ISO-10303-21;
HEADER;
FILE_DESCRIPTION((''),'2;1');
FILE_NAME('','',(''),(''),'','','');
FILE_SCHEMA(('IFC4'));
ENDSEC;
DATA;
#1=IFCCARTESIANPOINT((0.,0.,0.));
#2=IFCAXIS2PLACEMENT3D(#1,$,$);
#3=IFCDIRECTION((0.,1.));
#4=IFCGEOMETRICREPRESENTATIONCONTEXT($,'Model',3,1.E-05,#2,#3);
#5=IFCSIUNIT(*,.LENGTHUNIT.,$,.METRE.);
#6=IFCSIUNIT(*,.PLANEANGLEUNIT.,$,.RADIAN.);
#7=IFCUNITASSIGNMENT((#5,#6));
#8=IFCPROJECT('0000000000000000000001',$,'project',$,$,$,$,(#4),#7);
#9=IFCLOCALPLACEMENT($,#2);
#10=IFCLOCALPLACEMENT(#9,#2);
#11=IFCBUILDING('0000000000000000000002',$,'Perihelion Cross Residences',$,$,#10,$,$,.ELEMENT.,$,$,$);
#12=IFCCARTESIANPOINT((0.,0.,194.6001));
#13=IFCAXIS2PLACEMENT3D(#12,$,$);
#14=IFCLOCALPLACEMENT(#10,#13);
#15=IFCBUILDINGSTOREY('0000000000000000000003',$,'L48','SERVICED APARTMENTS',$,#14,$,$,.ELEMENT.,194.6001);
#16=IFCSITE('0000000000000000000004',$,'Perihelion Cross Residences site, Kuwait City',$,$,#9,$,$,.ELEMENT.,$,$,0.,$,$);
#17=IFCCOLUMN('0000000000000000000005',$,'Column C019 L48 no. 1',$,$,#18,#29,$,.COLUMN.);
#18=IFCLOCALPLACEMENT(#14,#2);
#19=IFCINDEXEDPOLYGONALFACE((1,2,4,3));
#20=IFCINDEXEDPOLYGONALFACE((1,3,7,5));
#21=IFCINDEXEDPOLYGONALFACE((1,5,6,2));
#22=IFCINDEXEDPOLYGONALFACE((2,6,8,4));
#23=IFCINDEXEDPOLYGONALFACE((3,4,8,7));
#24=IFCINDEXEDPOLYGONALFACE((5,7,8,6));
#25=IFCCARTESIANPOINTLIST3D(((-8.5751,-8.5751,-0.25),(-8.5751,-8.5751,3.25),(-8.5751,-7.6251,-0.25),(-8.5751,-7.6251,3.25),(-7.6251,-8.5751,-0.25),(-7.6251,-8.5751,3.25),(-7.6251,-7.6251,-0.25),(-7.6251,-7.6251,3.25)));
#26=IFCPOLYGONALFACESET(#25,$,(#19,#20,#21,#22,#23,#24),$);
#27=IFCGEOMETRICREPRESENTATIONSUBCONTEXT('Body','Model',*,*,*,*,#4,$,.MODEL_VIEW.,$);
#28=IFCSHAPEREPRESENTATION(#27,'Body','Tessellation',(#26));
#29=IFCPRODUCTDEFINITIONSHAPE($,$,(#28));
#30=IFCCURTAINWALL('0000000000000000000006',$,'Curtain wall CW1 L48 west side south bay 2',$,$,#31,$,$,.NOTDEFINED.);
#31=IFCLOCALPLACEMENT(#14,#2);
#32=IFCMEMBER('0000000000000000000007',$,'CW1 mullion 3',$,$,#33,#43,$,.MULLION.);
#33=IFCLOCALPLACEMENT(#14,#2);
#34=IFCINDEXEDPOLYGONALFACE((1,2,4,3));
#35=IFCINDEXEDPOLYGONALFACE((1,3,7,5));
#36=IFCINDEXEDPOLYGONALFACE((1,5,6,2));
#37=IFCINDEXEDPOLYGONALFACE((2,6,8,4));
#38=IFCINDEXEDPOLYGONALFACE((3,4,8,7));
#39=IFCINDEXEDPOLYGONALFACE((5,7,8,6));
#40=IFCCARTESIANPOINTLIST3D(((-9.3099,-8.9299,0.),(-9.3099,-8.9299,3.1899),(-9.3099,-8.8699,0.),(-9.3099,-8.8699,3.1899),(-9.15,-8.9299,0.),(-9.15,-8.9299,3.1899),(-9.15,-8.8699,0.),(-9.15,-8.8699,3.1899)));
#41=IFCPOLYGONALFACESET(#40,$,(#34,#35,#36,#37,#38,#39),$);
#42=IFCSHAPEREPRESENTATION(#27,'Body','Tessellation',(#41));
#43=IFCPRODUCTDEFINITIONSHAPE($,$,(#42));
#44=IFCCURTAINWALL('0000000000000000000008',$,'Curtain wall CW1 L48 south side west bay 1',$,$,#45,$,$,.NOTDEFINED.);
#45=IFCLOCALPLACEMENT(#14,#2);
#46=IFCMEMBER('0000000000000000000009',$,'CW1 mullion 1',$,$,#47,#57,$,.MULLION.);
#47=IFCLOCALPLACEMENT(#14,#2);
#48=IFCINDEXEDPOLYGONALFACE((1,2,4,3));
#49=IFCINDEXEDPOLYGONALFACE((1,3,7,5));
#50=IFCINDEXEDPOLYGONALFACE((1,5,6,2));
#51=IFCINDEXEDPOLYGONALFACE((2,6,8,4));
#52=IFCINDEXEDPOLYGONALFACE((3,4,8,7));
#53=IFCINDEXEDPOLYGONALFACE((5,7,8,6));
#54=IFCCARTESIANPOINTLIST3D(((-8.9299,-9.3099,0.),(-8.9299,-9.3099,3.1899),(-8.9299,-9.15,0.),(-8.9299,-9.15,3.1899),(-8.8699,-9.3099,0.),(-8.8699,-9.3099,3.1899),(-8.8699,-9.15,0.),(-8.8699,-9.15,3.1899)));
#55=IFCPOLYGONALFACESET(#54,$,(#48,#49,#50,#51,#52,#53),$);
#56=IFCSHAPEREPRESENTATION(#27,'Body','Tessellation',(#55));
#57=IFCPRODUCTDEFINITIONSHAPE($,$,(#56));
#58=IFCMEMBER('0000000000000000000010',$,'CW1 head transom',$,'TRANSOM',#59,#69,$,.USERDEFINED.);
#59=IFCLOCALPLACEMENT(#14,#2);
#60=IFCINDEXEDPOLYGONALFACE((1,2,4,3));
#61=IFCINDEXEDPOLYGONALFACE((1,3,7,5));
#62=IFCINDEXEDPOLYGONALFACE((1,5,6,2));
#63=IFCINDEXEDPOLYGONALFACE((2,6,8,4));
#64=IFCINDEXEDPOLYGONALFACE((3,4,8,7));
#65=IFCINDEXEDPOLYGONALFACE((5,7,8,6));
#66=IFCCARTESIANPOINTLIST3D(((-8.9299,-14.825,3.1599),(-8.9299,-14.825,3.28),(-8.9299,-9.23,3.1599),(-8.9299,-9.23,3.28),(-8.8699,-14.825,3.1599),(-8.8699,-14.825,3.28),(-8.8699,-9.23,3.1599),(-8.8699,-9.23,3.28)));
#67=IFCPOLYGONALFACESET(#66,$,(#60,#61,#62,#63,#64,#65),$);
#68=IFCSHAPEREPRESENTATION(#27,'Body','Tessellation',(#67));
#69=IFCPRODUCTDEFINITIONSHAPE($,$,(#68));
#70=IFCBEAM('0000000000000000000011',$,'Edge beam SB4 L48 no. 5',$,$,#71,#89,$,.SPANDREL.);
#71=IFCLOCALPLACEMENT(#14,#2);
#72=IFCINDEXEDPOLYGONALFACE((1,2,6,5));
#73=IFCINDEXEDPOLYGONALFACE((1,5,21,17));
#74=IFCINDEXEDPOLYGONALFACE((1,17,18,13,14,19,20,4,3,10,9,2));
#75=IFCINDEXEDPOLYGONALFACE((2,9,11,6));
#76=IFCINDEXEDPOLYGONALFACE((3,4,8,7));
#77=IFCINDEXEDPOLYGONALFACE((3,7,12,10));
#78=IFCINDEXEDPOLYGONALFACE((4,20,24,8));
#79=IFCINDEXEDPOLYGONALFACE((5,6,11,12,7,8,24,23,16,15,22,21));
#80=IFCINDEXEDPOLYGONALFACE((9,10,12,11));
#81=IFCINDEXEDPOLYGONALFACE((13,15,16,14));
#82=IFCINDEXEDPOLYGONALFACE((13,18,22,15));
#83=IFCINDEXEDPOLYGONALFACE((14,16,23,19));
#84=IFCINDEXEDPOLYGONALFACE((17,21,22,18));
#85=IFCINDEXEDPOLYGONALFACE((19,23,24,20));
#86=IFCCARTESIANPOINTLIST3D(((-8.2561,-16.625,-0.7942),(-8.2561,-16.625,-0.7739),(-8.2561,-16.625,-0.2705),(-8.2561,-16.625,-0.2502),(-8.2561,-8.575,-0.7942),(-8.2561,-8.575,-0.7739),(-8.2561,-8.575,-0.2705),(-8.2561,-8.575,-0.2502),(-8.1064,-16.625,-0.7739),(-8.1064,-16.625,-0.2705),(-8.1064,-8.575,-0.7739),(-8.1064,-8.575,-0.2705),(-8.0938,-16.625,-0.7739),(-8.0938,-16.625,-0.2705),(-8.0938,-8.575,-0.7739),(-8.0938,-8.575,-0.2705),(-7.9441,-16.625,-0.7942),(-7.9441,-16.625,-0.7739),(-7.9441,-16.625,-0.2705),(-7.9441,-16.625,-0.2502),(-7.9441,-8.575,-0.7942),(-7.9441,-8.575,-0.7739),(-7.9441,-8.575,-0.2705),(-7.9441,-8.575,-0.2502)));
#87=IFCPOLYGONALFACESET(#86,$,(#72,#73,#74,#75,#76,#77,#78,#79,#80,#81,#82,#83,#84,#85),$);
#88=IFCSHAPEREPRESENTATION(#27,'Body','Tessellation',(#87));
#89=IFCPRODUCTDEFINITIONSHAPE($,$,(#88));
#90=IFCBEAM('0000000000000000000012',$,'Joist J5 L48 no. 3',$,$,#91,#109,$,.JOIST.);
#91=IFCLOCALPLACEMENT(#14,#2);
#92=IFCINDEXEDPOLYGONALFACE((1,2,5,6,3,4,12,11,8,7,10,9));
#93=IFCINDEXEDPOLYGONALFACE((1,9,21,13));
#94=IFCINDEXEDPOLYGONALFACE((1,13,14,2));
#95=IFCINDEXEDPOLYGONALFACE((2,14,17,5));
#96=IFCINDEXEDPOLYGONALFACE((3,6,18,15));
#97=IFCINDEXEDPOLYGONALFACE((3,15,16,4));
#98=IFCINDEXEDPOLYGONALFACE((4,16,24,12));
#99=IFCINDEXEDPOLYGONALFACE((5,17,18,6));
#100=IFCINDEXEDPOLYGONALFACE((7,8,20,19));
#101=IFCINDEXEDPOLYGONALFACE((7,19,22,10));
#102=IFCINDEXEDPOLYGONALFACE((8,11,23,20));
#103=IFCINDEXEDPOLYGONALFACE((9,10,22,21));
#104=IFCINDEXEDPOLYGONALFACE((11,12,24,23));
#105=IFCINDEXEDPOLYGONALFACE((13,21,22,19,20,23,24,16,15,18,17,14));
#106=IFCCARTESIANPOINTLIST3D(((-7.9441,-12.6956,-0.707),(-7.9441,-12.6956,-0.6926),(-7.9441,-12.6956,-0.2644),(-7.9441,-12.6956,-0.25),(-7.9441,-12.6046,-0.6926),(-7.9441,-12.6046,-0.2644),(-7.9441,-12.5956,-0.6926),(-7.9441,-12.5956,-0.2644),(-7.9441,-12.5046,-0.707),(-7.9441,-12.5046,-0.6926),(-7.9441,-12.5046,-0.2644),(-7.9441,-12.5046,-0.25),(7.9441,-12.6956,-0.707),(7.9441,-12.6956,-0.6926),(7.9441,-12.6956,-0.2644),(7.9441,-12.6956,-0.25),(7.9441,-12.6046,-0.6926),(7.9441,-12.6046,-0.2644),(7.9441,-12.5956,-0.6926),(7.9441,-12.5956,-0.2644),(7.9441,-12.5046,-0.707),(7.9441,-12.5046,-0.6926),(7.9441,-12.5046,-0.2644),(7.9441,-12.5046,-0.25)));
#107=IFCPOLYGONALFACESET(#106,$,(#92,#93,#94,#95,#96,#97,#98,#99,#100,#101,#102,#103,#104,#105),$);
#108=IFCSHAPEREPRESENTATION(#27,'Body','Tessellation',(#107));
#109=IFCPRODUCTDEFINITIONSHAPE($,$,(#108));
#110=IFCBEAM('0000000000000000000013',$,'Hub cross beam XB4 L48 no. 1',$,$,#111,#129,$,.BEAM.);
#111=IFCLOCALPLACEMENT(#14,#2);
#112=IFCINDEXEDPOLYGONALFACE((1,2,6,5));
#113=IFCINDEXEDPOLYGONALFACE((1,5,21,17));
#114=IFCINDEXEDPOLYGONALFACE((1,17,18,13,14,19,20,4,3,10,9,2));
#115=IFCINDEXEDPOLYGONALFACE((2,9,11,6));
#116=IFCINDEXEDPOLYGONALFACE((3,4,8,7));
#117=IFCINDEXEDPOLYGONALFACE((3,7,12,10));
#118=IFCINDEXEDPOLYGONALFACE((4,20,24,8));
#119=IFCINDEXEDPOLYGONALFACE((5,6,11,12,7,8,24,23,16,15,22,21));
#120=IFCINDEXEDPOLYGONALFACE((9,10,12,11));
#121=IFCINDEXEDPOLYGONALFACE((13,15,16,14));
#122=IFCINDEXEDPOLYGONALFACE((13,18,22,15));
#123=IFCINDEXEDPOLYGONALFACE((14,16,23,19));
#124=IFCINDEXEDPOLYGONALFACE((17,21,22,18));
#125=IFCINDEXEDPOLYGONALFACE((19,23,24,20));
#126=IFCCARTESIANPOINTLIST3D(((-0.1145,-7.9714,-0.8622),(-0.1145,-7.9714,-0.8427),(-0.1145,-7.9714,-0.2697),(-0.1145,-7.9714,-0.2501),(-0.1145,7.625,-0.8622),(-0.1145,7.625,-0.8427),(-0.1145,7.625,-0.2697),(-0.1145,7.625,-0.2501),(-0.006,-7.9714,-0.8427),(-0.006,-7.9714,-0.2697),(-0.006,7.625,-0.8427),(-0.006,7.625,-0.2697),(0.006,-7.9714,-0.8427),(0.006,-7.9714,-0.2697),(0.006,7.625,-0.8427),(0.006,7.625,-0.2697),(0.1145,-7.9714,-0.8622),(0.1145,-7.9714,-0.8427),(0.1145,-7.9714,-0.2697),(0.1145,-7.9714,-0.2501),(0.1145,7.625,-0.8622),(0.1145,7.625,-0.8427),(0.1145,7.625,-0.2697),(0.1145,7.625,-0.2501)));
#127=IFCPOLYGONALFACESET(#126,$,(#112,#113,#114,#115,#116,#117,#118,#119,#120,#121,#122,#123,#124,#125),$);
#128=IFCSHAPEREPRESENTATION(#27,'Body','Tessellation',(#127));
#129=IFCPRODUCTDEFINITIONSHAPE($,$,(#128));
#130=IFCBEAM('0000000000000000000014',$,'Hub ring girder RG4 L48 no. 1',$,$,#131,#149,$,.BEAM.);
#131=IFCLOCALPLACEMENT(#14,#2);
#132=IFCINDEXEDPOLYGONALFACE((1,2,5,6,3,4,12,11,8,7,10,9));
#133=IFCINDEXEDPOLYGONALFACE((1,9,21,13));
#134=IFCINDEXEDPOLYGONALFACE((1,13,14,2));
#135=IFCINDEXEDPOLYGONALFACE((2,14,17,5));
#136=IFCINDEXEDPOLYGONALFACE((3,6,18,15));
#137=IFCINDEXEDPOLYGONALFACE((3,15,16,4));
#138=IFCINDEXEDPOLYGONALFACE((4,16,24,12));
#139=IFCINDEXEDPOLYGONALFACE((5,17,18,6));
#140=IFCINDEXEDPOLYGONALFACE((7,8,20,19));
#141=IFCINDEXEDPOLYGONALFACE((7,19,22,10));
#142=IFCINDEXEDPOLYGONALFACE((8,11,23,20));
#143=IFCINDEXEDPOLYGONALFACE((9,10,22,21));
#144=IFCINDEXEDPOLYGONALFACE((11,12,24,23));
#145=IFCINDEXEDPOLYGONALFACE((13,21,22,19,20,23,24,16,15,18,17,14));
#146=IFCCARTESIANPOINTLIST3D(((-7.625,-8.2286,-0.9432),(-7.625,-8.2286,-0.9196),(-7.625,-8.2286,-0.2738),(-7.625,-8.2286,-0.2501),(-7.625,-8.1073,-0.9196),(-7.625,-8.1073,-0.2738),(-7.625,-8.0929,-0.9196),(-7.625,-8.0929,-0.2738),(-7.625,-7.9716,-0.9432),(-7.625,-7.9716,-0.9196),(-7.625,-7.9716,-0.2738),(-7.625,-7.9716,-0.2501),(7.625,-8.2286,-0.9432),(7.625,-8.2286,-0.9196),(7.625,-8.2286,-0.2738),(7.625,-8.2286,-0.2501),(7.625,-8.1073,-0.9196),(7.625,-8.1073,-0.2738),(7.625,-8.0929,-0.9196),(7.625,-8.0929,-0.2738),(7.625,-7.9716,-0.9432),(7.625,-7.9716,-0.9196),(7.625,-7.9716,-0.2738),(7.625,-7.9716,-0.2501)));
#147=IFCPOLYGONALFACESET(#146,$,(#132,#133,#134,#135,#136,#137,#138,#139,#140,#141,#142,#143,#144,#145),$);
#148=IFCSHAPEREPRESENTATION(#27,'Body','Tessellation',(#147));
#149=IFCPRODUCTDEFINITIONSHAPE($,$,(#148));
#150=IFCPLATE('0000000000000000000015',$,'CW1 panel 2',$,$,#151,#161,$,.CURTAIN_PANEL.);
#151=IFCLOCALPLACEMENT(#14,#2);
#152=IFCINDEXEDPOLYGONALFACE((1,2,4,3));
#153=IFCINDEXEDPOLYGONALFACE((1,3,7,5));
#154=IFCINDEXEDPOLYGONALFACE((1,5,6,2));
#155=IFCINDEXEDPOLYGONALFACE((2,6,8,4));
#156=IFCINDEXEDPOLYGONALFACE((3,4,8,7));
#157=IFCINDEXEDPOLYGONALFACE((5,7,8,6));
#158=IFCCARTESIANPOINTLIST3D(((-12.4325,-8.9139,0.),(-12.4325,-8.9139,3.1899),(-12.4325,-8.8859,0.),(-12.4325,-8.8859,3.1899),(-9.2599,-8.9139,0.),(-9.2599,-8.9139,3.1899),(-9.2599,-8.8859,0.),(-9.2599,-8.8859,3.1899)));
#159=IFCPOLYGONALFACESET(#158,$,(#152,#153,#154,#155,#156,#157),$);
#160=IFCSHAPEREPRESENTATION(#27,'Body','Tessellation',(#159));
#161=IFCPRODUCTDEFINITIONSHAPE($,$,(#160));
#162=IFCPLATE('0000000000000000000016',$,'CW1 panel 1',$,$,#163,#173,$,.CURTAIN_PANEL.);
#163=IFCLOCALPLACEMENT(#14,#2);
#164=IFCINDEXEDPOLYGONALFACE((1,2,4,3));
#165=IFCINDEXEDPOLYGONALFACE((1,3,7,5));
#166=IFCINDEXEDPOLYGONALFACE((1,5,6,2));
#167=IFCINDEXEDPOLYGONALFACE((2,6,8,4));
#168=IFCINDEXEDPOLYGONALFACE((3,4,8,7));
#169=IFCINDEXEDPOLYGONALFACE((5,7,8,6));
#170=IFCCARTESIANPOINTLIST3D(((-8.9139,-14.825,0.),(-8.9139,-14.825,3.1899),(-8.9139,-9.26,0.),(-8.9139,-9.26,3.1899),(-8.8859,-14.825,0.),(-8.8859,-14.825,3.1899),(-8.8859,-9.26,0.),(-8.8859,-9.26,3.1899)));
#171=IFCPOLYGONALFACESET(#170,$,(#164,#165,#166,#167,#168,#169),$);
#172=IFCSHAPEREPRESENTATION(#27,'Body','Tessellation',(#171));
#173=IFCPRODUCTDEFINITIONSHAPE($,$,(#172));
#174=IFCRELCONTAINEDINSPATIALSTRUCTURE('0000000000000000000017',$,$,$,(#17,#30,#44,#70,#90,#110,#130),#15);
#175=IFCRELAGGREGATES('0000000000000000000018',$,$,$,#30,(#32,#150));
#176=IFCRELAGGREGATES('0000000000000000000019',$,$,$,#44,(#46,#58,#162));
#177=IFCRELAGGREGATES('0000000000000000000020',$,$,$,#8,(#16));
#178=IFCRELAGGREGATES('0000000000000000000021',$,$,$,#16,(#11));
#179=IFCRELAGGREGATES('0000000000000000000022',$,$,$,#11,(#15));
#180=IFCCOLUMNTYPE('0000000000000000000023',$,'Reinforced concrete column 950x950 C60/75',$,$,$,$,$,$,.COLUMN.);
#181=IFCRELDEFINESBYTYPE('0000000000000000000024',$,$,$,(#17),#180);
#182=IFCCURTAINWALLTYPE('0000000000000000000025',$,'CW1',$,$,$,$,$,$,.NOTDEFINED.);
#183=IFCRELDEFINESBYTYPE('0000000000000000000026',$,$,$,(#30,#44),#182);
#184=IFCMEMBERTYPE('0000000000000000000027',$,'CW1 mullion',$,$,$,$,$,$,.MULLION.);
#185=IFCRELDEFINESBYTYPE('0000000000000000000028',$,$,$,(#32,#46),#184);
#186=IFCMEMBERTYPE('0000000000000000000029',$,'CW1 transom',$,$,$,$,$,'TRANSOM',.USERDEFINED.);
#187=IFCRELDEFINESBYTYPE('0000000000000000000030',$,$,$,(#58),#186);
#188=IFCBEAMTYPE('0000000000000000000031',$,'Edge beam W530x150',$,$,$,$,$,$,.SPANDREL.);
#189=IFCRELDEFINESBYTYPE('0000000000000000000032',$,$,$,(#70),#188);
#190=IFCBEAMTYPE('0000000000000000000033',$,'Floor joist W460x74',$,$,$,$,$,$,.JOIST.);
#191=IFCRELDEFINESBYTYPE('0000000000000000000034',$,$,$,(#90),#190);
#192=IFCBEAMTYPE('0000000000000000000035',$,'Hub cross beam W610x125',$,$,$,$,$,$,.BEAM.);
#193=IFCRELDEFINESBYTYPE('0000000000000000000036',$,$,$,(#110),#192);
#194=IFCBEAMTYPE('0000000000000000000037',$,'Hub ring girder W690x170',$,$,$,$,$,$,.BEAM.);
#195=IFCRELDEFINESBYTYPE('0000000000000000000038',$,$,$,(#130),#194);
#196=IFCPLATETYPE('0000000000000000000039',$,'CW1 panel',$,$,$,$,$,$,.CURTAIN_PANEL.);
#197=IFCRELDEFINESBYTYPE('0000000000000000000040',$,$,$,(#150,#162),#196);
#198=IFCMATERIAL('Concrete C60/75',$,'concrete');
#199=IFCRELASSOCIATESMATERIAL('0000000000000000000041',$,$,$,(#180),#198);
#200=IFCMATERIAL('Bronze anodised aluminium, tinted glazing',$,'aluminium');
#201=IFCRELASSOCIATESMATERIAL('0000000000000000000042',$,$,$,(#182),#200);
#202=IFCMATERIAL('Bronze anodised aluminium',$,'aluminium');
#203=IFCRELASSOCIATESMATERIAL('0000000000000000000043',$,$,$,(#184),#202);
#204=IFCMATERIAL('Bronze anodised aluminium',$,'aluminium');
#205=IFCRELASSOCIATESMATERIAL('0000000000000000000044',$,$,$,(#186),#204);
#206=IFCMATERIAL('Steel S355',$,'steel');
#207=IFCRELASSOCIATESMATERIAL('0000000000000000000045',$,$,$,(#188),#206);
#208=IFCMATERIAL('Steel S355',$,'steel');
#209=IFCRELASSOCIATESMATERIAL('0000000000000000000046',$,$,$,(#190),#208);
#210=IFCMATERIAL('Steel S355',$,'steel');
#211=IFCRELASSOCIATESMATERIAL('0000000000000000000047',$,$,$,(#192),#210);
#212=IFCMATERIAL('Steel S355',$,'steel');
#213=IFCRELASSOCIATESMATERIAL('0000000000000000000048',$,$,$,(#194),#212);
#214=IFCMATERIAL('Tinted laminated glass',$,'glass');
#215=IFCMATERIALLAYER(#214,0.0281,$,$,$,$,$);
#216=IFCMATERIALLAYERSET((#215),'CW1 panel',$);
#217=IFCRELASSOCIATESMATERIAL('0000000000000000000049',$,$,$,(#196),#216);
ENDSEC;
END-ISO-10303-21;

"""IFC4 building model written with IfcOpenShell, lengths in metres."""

from ifc_helpers import new_model, si_unit, direction, frame, origin, origin_2d, place, context, subcontext, project, spatial, rectangle, i_section, extrude, material, layer, layer_set, material_profile, profile_set, type_object, element, aggregate, save


model = new_model("IFC4")

# Units and contexts
model_context = context("Model", 3, precision=1e-05, world=origin(), true_north=direction((0.0, 1.0)))
body_context = subcontext(model_context, "Body", "Model", "MODEL_VIEW")
ifc_project = project(units=[si_unit("LENGTHUNIT", "METRE"), si_unit("PLANEANGLEUNIT", "RADIAN")], contexts=[model_context])

# Site, building, storey
site_placement = place(None, origin())
site = spatial("IfcSite", under=ifc_project, at=site_placement, Name="Perihelion Cross Residences site, Kuwait City", CompositionType="ELEMENT", RefElevation=0.0)
building_placement = place(site_placement, origin())
building = spatial("IfcBuilding", under=site, at=building_placement, Name="Perihelion Cross Residences", CompositionType="ELEMENT")
storey_placement = place(building_placement, frame((0.0, 0.0, 194.6001)))
storey = spatial("IfcBuildingStorey", under=building, at=storey_placement, Name="L48", Description="SERVICED APARTMENTS", CompositionType="ELEMENT", Elevation=194.6001)

# Column
ifc_material_1 = material(Name="Concrete C60/75", Category="concrete")
ifc_material_profile_1 = material_profile(ifc_material_1, rectangle(XDim=0.95, YDim=0.95, at=origin_2d()), Name="RC 950x950")
ifc_profile_set_1 = profile_set([ifc_material_profile_1], Name="Concrete C60/75")
column_type = type_object("IfcColumnType", Name="Reinforced concrete column 950x950 C60/75", PredefinedType="COLUMN", material=ifc_profile_set_1)
column_placement = place(storey_placement, frame((-8.1001, -8.1001, -0.25), z_axis=(0.0, 0.0, 1.0), x_axis=(1.0, 0.0, 0.0)))
element("IfcColumn", 1, at=column_placement, inside=storey, type_object=column_type, Name="Column C019 L48 no. 1", PredefinedType="COLUMN", context=body_context, shape_type="SweptSolid", body=[
    extrude(rectangle(XDim=0.95, YDim=0.95, at=origin_2d()), origin(), (0.0, 0.0, 1.0), 3.5),
])

# Curtain wall, member
ifc_material_2 = material(Name="Bronze anodised aluminium, tinted glazing", Category="aluminium")
curtain_wall_type = type_object("IfcCurtainWallType", Name="CW1", PredefinedType="NOTDEFINED", material=ifc_material_2)
curtain_wall_1_placement = place(storey_placement, origin())
curtain_wall_1 = element("IfcCurtainWall", 2, at=curtain_wall_1_placement, inside=storey, type_object=curtain_wall_type, Name="Curtain wall CW1 L48 west side south bay 2", PredefinedType="NOTDEFINED")
ifc_material_3 = material(Name="Bronze anodised aluminium", Category="aluminium")
ifc_material_profile_2 = material_profile(ifc_material_3, rectangle(XDim=0.0601, YDim=0.1599, at=origin_2d()), Name="CW1 mullion")
ifc_profile_set_2 = profile_set([ifc_material_profile_2], Name="Bronze anodised aluminium")
member_type_1 = type_object("IfcMemberType", Name="CW1 mullion", PredefinedType="MULLION", material=ifc_profile_set_2)
member_1_placement = place(storey_placement, frame((-9.23, -8.8999, 0.0), z_axis=(0.0, 0.0, 1.0), x_axis=(0.0, 1.0, 0.0)))
member_1 = element("IfcMember", 3, at=member_1_placement, type_object=member_type_1, Name="CW1 mullion 3", PredefinedType="MULLION", context=body_context, shape_type="SweptSolid", body=[
    extrude(rectangle(XDim=0.0601, YDim=0.1599, at=origin_2d()), origin(), (0.0, 0.0, 1.0), 3.1899),
])

# Curtain wall, members
curtain_wall_2_placement = place(storey_placement, origin())
curtain_wall_2 = element("IfcCurtainWall", 4, at=curtain_wall_2_placement, inside=storey, type_object=curtain_wall_type, Name="Curtain wall CW1 L48 south side west bay 1", PredefinedType="NOTDEFINED")
member_2_placement = place(storey_placement, frame((-8.8999, -9.23, 0.0), z_axis=(0.0, 0.0, 1.0), x_axis=(1.0, 0.0, 0.0)))
member_2 = element("IfcMember", 5, at=member_2_placement, type_object=member_type_1, Name="CW1 mullion 1", PredefinedType="MULLION", context=body_context, shape_type="SweptSolid", body=[
    extrude(rectangle(XDim=0.0601, YDim=0.1599, at=origin_2d()), origin(), (0.0, 0.0, 1.0), 3.1899),
])
ifc_material_4 = material(Name="Bronze anodised aluminium", Category="aluminium")
ifc_material_profile_3 = material_profile(ifc_material_4, rectangle(XDim=0.0601, YDim=0.1201, at=origin_2d()), Name="CW1 transom")
ifc_profile_set_3 = profile_set([ifc_material_profile_3], Name="Bronze anodised aluminium")
member_type_2 = type_object("IfcMemberType", Name="CW1 transom", ElementType="TRANSOM", PredefinedType="USERDEFINED", material=ifc_profile_set_3)
member_3_placement = place(storey_placement, frame((-8.8999, -9.23, 3.22), z_axis=(0.0, -1.0, 0.0), x_axis=(1.0, 0.0, 0.0)))
member_3 = element("IfcMember", 6, at=member_3_placement, type_object=member_type_2, Name="CW1 head transom", ObjectType="TRANSOM", PredefinedType="USERDEFINED", context=body_context, shape_type="SweptSolid", body=[
    extrude(rectangle(XDim=0.0601, YDim=0.1201, at=origin_2d()), origin(), (0.0, 0.0, 1.0), 5.595),
])

# Beams
ifc_material_5 = material(Name="Steel S355", Category="steel")
ifc_material_profile_4 = material_profile(ifc_material_5, i_section(OverallWidth=0.312, OverallDepth=0.5439, WebThickness=0.0127, FlangeThickness=0.0203, at=origin_2d()), Name="W530x150")
ifc_profile_set_4 = profile_set([ifc_material_profile_4], Name="Steel S355")
beam_type_1 = type_object("IfcBeamType", Name="Edge beam W530x150", PredefinedType="SPANDREL", material=ifc_profile_set_4)
beam_1_placement = place(storey_placement, frame((-8.1001, -8.575, -0.5222), z_axis=(0.0, -1.0, 0.0), x_axis=(1.0, 0.0, 0.0)))
element("IfcBeam", 7, at=beam_1_placement, inside=storey, type_object=beam_type_1, Name="Edge beam SB4 L48 no. 5", PredefinedType="SPANDREL", context=body_context, shape_type="SweptSolid", body=[
    extrude(i_section(OverallWidth=0.312, OverallDepth=0.5439, WebThickness=0.0127, FlangeThickness=0.0203, at=origin_2d()), origin(), (0.0, 0.0, 1.0), 8.05),
])
ifc_material_6 = material(Name="Steel S355", Category="steel")
ifc_material_profile_5 = material_profile(ifc_material_6, i_section(OverallWidth=0.1909, OverallDepth=0.457, WebThickness=0.009, FlangeThickness=0.0144, at=origin_2d()), Name="W460x74")
ifc_profile_set_5 = profile_set([ifc_material_profile_5], Name="Steel S355")
beam_type_2 = type_object("IfcBeamType", Name="Floor joist W460x74", PredefinedType="JOIST", material=ifc_profile_set_5)
beam_2_placement = place(storey_placement, frame((-7.9441, -12.6001, -0.4785), z_axis=(1.0, 0.0, 0.0), x_axis=(0.0, 1.0, 0.0)))
element("IfcBeam", 8, at=beam_2_placement, inside=storey, type_object=beam_type_2, Name="Joist J5 L48 no. 3", PredefinedType="JOIST", context=body_context, shape_type="SweptSolid", body=[
    extrude(i_section(OverallWidth=0.1909, OverallDepth=0.457, WebThickness=0.009, FlangeThickness=0.0144, at=origin_2d()), origin(), (0.0, 0.0, 1.0), 15.8882),
])
ifc_material_7 = material(Name="Steel S355", Category="steel")
ifc_material_profile_6 = material_profile(ifc_material_7, i_section(OverallWidth=0.229, OverallDepth=0.6121, WebThickness=0.012, FlangeThickness=0.0195, at=origin_2d()), Name="W610x125")
ifc_profile_set_6 = profile_set([ifc_material_profile_6], Name="Steel S355")
beam_type_3 = type_object("IfcBeamType", Name="Hub cross beam W610x125", PredefinedType="BEAM", material=ifc_profile_set_6)
beam_3_placement = place(storey_placement, frame((0.0, -7.9714, -0.5562), z_axis=(0.0, 1.0, 0.0), x_axis=(-1.0, 0.0, 0.0)))
element("IfcBeam", 9, at=beam_3_placement, inside=storey, type_object=beam_type_3, Name="Hub cross beam XB4 L48 no. 1", PredefinedType="BEAM", context=body_context, shape_type="SweptSolid", body=[
    extrude(i_section(OverallWidth=0.229, OverallDepth=0.6121, WebThickness=0.012, FlangeThickness=0.0195, at=origin_2d()), origin(), (0.0, 0.0, 1.0), 15.5964),
])
ifc_material_8 = material(Name="Steel S355", Category="steel")
ifc_material_profile_7 = material_profile(ifc_material_8, i_section(OverallWidth=0.2571, OverallDepth=0.6931, WebThickness=0.0144, FlangeThickness=0.0237, at=origin_2d()), Name="W690x170")
ifc_profile_set_7 = profile_set([ifc_material_profile_7], Name="Steel S355")
beam_type_4 = type_object("IfcBeamType", Name="Hub ring girder W690x170", PredefinedType="BEAM", material=ifc_profile_set_7)
beam_4_placement = place(storey_placement, frame((-7.625, -8.1001, -0.5967), z_axis=(1.0, 0.0, 0.0), x_axis=(0.0, 1.0, 0.0)))
element("IfcBeam", 10, at=beam_4_placement, inside=storey, type_object=beam_type_4, Name="Hub ring girder RG4 L48 no. 1", PredefinedType="BEAM", context=body_context, shape_type="SweptSolid", body=[
    extrude(i_section(OverallWidth=0.2571, OverallDepth=0.6931, WebThickness=0.0144, FlangeThickness=0.0237, at=origin_2d()), origin(), (0.0, 0.0, 1.0), 15.25),
])

# Plates
ifc_material_9 = material(Name="Tinted laminated glass", Category="glass")
ifc_layer_1 = layer(ifc_material_9, 0.0281)
ifc_layer_set_1 = layer_set([ifc_layer_1], Name="CW1 panel")
plate_type = type_object("IfcPlateType", Name="CW1 panel", PredefinedType="CURTAIN_PANEL", material=ifc_layer_set_1)
plate_1_placement = place(storey_placement, frame((-10.8462, -8.8999, 0.0), z_axis=(0.0, 0.0, 1.0), x_axis=(1.0, 0.0, 0.0)))
plate_1 = element("IfcPlate", 11, at=plate_1_placement, type_object=plate_type, Name="CW1 panel 2", PredefinedType="CURTAIN_PANEL", context=body_context, shape_type="SweptSolid", body=[
    extrude(rectangle(XDim=3.1726, YDim=0.0281, at=origin_2d()), origin(), (0.0, 0.0, 1.0), 3.1899),
])
aggregate(curtain_wall_1, [member_1, plate_1])
plate_2_placement = place(storey_placement, frame((-8.8999, -12.0425, 0.0), z_axis=(0.0, 0.0, 1.0), x_axis=(0.0, -1.0, 0.0)))
plate_2 = element("IfcPlate", 12, at=plate_2_placement, type_object=plate_type, Name="CW1 panel 1", PredefinedType="CURTAIN_PANEL", context=body_context, shape_type="SweptSolid", body=[
    extrude(rectangle(XDim=5.5649, YDim=0.0281, at=origin_2d()), origin(), (0.0, 0.0, 1.0), 3.1899),
])
aggregate(curtain_wall_2, [member_2, member_3, plate_2])

save(model, "model.ifc")
